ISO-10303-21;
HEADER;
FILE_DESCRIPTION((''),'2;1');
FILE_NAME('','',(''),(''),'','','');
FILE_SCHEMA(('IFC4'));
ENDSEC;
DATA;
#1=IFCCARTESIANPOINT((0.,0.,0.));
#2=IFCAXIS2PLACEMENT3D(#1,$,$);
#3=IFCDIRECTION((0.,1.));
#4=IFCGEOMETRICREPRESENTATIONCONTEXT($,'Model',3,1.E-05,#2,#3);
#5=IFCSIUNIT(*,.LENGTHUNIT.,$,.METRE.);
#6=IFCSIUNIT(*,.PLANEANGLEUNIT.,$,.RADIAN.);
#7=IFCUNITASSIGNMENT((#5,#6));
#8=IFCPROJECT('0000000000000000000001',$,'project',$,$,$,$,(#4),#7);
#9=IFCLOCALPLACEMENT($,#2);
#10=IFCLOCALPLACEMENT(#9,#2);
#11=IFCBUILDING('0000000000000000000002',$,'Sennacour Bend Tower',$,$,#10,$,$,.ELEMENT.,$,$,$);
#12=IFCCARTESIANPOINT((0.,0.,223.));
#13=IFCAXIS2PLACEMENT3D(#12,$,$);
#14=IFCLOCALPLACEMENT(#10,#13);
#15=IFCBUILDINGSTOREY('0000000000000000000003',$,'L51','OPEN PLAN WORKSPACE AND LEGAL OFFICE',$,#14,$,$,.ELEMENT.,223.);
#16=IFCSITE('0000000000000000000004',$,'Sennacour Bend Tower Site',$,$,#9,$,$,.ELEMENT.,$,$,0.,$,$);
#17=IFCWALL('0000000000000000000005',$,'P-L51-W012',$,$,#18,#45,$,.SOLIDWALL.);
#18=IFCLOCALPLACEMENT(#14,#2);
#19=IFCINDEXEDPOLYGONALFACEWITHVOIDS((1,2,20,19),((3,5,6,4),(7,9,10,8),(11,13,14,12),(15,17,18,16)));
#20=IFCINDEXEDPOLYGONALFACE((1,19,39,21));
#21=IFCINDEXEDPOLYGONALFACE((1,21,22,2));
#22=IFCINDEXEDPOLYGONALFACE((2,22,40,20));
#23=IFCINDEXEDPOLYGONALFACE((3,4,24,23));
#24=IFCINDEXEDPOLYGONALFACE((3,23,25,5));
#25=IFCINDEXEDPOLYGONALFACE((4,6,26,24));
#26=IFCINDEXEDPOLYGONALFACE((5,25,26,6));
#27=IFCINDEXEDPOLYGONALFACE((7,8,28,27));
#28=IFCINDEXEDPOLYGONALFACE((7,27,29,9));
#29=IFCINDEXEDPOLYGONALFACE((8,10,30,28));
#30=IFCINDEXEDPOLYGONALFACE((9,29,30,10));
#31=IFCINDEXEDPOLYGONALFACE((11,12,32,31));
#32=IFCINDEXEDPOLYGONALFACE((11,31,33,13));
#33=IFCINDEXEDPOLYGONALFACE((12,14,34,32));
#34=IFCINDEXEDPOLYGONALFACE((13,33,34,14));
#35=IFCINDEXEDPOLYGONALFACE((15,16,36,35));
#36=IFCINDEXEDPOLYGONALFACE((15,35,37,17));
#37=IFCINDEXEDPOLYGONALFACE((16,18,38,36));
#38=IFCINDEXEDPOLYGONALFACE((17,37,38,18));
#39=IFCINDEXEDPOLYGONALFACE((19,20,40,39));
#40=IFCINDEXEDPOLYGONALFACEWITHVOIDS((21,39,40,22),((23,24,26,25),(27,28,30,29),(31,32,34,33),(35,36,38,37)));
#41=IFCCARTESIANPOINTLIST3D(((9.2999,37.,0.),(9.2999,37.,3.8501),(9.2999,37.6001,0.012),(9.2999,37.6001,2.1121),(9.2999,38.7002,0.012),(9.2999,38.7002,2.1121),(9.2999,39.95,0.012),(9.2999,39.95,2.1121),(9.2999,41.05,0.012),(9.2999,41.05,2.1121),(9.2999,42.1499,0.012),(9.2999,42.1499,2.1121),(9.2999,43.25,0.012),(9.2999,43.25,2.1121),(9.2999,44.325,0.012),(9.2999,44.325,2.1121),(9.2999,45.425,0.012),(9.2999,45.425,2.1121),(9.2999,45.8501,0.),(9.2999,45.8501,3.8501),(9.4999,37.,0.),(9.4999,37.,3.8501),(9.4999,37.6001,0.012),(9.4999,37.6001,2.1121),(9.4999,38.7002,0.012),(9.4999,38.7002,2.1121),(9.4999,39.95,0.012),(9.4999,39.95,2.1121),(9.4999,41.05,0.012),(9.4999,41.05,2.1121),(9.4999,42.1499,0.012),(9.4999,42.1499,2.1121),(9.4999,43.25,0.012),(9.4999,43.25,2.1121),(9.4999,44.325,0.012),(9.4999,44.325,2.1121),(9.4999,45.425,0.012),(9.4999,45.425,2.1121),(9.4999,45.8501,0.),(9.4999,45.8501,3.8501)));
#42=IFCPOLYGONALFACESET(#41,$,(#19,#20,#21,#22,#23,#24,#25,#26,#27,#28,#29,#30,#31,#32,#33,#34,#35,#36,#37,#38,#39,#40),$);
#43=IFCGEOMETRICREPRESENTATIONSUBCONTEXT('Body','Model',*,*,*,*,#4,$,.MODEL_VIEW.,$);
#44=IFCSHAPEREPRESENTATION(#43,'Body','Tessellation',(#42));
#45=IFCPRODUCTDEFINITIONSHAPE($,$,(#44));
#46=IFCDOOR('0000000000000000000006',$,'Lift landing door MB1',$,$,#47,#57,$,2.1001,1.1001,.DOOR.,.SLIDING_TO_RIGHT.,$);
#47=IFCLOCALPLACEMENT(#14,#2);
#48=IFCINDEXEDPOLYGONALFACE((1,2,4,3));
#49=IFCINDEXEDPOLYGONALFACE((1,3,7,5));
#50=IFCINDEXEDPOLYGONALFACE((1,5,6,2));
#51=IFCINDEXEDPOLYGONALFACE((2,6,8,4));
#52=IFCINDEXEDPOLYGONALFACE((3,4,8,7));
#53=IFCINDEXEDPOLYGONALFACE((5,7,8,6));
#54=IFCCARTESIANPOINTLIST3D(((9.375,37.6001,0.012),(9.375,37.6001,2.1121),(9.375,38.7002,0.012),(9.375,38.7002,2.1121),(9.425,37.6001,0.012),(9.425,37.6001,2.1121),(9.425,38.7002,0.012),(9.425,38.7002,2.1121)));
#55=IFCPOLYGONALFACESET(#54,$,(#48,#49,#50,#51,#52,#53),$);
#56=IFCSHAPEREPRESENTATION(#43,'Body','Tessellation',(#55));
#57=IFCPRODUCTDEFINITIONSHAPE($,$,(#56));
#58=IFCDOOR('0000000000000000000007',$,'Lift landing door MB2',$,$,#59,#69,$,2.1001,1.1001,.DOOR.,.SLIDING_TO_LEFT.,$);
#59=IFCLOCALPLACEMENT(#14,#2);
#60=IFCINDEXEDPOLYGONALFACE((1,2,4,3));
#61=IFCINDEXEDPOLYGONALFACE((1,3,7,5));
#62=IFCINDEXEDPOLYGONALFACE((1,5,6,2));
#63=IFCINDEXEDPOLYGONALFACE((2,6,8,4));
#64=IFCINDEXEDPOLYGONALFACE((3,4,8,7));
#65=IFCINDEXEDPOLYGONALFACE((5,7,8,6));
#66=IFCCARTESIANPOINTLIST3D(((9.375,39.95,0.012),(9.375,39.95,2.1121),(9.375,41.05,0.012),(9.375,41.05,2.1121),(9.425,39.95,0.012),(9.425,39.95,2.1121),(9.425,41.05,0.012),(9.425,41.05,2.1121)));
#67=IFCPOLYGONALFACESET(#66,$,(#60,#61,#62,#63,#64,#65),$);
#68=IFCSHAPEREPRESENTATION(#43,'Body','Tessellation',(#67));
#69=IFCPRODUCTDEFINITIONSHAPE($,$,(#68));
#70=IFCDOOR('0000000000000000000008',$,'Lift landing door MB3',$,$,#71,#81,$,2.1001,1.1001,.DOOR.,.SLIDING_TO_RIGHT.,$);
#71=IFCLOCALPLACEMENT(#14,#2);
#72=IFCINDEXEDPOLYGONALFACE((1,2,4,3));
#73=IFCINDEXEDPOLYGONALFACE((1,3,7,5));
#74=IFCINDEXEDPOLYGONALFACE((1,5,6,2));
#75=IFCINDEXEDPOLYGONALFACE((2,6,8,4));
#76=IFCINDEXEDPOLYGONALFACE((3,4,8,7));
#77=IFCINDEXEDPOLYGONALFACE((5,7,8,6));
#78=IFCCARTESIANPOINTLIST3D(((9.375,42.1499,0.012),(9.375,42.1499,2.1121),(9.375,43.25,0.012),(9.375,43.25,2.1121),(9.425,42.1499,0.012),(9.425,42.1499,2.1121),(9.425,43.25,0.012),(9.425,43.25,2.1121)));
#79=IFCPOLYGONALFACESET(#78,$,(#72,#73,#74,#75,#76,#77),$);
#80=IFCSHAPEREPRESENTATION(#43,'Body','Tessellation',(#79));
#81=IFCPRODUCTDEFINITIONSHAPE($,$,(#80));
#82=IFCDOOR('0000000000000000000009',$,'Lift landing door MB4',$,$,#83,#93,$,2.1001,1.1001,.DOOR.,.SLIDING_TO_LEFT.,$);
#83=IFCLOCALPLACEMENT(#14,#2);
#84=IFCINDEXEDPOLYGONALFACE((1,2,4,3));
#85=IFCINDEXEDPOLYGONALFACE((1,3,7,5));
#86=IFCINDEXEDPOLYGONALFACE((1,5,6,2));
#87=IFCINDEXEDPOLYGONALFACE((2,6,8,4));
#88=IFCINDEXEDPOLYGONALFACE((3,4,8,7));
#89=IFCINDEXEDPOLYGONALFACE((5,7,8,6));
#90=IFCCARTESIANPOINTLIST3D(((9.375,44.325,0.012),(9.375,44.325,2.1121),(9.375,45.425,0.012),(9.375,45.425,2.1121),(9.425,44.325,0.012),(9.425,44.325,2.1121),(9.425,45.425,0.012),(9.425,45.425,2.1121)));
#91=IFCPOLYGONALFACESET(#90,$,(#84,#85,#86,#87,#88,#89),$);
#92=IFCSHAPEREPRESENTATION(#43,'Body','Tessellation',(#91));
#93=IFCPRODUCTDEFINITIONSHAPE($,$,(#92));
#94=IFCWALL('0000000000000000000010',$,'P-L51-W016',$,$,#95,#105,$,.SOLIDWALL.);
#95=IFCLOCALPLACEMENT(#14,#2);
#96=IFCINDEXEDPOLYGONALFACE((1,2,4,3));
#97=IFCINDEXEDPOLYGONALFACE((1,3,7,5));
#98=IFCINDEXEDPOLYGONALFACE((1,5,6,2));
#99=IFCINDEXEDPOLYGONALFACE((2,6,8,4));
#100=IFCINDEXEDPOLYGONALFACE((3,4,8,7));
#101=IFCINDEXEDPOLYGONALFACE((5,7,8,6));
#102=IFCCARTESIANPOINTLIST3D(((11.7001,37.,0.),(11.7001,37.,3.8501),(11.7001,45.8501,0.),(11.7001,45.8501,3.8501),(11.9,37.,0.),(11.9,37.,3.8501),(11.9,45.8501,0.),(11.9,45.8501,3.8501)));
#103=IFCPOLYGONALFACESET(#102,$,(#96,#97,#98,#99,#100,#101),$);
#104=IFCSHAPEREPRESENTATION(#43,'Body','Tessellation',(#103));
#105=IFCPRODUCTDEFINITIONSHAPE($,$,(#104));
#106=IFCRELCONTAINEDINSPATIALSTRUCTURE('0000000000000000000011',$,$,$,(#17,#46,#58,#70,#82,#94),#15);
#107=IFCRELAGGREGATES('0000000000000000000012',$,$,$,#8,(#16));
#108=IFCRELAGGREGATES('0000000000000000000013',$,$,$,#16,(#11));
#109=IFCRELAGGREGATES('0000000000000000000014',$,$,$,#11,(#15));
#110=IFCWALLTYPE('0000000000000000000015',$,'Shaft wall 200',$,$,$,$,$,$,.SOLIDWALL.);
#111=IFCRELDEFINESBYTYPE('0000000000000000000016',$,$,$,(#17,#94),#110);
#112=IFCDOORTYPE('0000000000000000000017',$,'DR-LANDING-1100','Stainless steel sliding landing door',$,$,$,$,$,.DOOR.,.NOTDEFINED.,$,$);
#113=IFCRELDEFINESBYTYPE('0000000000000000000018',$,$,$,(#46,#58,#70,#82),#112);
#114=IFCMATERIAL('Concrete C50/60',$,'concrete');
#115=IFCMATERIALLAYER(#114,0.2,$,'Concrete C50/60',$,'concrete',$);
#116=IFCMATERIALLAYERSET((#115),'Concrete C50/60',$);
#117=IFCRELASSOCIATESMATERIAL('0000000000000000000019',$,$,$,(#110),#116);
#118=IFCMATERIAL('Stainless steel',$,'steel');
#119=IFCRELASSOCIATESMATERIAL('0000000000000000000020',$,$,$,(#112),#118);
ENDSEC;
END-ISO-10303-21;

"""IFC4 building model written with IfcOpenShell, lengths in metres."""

from ifc_helpers import new_model, si_unit, direction, frame, frame_2d, origin, place, context, subcontext, project, spatial, rectangle, extrude, material, layer, layer_set, type_object, element, fill, save


model = new_model("IFC4")

# Units and contexts
model_context = context("Model", 3, precision=1e-05, world=origin(), true_north=direction((0.0, 1.0)))
body_context = subcontext(model_context, "Body", "Model", "MODEL_VIEW")
ifc_project = project(units=[si_unit("LENGTHUNIT", "METRE"), si_unit("PLANEANGLEUNIT", "RADIAN")], contexts=[model_context])

# Site, building, storey
site_placement = place(None, origin())
site = spatial("IfcSite", under=ifc_project, at=site_placement, Name="Sennacour Bend Tower Site", CompositionType="ELEMENT", RefElevation=0.0)
building_placement = place(site_placement, origin())
building = spatial("IfcBuilding", under=site, at=building_placement, Name="Sennacour Bend Tower", CompositionType="ELEMENT")
storey_placement = place(building_placement, frame((0.0, 0.0, 223.0)))
storey = spatial("IfcBuildingStorey", under=building, at=storey_placement, Name="L51", Description="OPEN PLAN WORKSPACE AND LEGAL OFFICE", CompositionType="ELEMENT", Elevation=223.0)

# Wall, openings, doors
ifc_material_1 = material(Name="Concrete C50/60", Category="concrete")
ifc_layer_1 = layer(ifc_material_1, 0.2, Name="Concrete C50/60", Category="concrete")
ifc_layer_set_1 = layer_set([ifc_layer_1], Name="Concrete C50/60")
wall_type_1 = type_object("IfcWallType", Name="Shaft wall 200", PredefinedType="SOLIDWALL", material=ifc_layer_set_1)
wall_1_placement = place(storey_placement, frame((9.3999, 37.0, 0.0), z_axis=(0.0, 0.0, 1.0), x_axis=(0.0, 1.0, 0.0)))
wall_1 = element("IfcWall", 1, at=wall_1_placement, inside=storey, type_object=wall_type_1, Name="P-L51-W012", PredefinedType="SOLIDWALL", context=body_context, shape_type="SweptSolid", body=[
    extrude(rectangle(XDim=8.8501, YDim=0.2, at=frame_2d((4.425, 0.0))), origin(), (0.0, 0.0, 1.0), 3.8501),
])
opening_1_placement = place(wall_1_placement, frame((0.6001, 0.0, 0.012)))
opening_1 = element("IfcOpeningElement", 2, at=opening_1_placement, cuts=wall_1, PredefinedType="OPENING", context=body_context, shape_type="SweptSolid", body=[
    extrude(rectangle(XDim=1.1001, YDim=2.1001, at=frame_2d((0.55, 1.05))), frame((0.0, 0.1099, 0.0), z_axis=(0.0, -1.0, 0.0), x_axis=(1.0, 0.0, 0.0)), (0.0, 0.0, 1.0), 0.22),
])
opening_2_placement = place(wall_1_placement, frame((2.95, 0.0, 0.012)))
opening_2 = element("IfcOpeningElement", 3, at=opening_2_placement, cuts=wall_1, PredefinedType="OPENING", context=body_context, shape_type="SweptSolid", body=[
    extrude(rectangle(XDim=1.1001, YDim=2.1001, at=frame_2d((0.55, 1.05))), frame((0.0, 0.1099, 0.0), z_axis=(0.0, -1.0, 0.0), x_axis=(1.0, 0.0, 0.0)), (0.0, 0.0, 1.0), 0.22),
])
opening_3_placement = place(wall_1_placement, frame((5.1499, 0.0, 0.012)))
opening_3 = element("IfcOpeningElement", 4, at=opening_3_placement, cuts=wall_1, PredefinedType="OPENING", context=body_context, shape_type="SweptSolid", body=[
    extrude(rectangle(XDim=1.1001, YDim=2.1001, at=frame_2d((0.55, 1.05))), frame((0.0, 0.1099, 0.0), z_axis=(0.0, -1.0, 0.0), x_axis=(1.0, 0.0, 0.0)), (0.0, 0.0, 1.0), 0.22),
])
opening_4_placement = place(wall_1_placement, frame((7.325, 0.0, 0.012)))
opening_4 = element("IfcOpeningElement", 5, at=opening_4_placement, cuts=wall_1, PredefinedType="OPENING", context=body_context, shape_type="SweptSolid", body=[
    extrude(rectangle(XDim=1.1001, YDim=2.1001, at=frame_2d((0.55, 1.05))), frame((0.0, 0.1099, 0.0), z_axis=(0.0, -1.0, 0.0), x_axis=(1.0, 0.0, 0.0)), (0.0, 0.0, 1.0), 0.22),
])
ifc_material_2 = material(Name="Stainless steel", Category="steel")
door_type_1 = type_object("IfcDoorType", Name="DR-LANDING-1100", Description="Stainless steel sliding landing door", OperationType="NOTDEFINED", PredefinedType="DOOR", material=ifc_material_2)
door_1_placement = place(opening_1_placement, origin())
door_1 = element("IfcDoor", 6, at=door_1_placement, inside=storey, type_object=door_type_1, Name="Lift landing door MB1", OperationType="SLIDING_TO_RIGHT", OverallHeight=2.1001, OverallWidth=1.1001, PredefinedType="DOOR", context=body_context, shape_type="SweptSolid", body=[
    extrude(rectangle(XDim=1.1001, YDim=2.1001, at=frame_2d((0.55, 1.05))), frame((0.0, 0.0249, 0.0), z_axis=(0.0, -1.0, 0.0), x_axis=(1.0, 0.0, 0.0)), (0.0, 0.0, 1.0), 0.05),
])
fill(opening_1, door_1)
door_2_placement = place(opening_2_placement, origin())
door_2 = element("IfcDoor", 7, at=door_2_placement, inside=storey, type_object=door_type_1, Name="Lift landing door MB2", OperationType="SLIDING_TO_LEFT", OverallHeight=2.1001, OverallWidth=1.1001, PredefinedType="DOOR", context=body_context, shape_type="SweptSolid", body=[
    extrude(rectangle(XDim=1.1001, YDim=2.1001, at=frame_2d((0.55, 1.05))), frame((0.0, 0.0249, 0.0), z_axis=(0.0, -1.0, 0.0), x_axis=(1.0, 0.0, 0.0)), (0.0, 0.0, 1.0), 0.05),
])
fill(opening_2, door_2)
door_3_placement = place(opening_3_placement, origin())
door_3 = element("IfcDoor", 8, at=door_3_placement, inside=storey, type_object=door_type_1, Name="Lift landing door MB3", OperationType="SLIDING_TO_RIGHT", OverallHeight=2.1001, OverallWidth=1.1001, PredefinedType="DOOR", context=body_context, shape_type="SweptSolid", body=[
    extrude(rectangle(XDim=1.1001, YDim=2.1001, at=frame_2d((0.55, 1.05))), frame((0.0, 0.0249, 0.0), z_axis=(0.0, -1.0, 0.0), x_axis=(1.0, 0.0, 0.0)), (0.0, 0.0, 1.0), 0.05),
])
fill(opening_3, door_3)
door_4_placement = place(opening_4_placement, origin())
door_4 = element("IfcDoor", 9, at=door_4_placement, inside=storey, type_object=door_type_1, Name="Lift landing door MB4", OperationType="SLIDING_TO_LEFT", OverallHeight=2.1001, OverallWidth=1.1001, PredefinedType="DOOR", context=body_context, shape_type="SweptSolid", body=[
    extrude(rectangle(XDim=1.1001, YDim=2.1001, at=frame_2d((0.55, 1.05))), frame((0.0, 0.0249, 0.0), z_axis=(0.0, -1.0, 0.0), x_axis=(1.0, 0.0, 0.0)), (0.0, 0.0, 1.0), 0.05),
])
fill(opening_4, door_4)

# Wall
wall_2_placement = place(storey_placement, frame((11.8, 37.0, 0.0), z_axis=(0.0, 0.0, 1.0), x_axis=(0.0, 1.0, 0.0)))
element("IfcWall", 10, at=wall_2_placement, inside=storey, type_object=wall_type_1, Name="P-L51-W016", PredefinedType="SOLIDWALL", context=body_context, shape_type="SweptSolid", body=[
    extrude(rectangle(XDim=8.8501, YDim=0.2, at=frame_2d((4.425, 0.0))), origin(), (0.0, 0.0, 1.0), 3.8501),
])

save(model, "model.ifc")
